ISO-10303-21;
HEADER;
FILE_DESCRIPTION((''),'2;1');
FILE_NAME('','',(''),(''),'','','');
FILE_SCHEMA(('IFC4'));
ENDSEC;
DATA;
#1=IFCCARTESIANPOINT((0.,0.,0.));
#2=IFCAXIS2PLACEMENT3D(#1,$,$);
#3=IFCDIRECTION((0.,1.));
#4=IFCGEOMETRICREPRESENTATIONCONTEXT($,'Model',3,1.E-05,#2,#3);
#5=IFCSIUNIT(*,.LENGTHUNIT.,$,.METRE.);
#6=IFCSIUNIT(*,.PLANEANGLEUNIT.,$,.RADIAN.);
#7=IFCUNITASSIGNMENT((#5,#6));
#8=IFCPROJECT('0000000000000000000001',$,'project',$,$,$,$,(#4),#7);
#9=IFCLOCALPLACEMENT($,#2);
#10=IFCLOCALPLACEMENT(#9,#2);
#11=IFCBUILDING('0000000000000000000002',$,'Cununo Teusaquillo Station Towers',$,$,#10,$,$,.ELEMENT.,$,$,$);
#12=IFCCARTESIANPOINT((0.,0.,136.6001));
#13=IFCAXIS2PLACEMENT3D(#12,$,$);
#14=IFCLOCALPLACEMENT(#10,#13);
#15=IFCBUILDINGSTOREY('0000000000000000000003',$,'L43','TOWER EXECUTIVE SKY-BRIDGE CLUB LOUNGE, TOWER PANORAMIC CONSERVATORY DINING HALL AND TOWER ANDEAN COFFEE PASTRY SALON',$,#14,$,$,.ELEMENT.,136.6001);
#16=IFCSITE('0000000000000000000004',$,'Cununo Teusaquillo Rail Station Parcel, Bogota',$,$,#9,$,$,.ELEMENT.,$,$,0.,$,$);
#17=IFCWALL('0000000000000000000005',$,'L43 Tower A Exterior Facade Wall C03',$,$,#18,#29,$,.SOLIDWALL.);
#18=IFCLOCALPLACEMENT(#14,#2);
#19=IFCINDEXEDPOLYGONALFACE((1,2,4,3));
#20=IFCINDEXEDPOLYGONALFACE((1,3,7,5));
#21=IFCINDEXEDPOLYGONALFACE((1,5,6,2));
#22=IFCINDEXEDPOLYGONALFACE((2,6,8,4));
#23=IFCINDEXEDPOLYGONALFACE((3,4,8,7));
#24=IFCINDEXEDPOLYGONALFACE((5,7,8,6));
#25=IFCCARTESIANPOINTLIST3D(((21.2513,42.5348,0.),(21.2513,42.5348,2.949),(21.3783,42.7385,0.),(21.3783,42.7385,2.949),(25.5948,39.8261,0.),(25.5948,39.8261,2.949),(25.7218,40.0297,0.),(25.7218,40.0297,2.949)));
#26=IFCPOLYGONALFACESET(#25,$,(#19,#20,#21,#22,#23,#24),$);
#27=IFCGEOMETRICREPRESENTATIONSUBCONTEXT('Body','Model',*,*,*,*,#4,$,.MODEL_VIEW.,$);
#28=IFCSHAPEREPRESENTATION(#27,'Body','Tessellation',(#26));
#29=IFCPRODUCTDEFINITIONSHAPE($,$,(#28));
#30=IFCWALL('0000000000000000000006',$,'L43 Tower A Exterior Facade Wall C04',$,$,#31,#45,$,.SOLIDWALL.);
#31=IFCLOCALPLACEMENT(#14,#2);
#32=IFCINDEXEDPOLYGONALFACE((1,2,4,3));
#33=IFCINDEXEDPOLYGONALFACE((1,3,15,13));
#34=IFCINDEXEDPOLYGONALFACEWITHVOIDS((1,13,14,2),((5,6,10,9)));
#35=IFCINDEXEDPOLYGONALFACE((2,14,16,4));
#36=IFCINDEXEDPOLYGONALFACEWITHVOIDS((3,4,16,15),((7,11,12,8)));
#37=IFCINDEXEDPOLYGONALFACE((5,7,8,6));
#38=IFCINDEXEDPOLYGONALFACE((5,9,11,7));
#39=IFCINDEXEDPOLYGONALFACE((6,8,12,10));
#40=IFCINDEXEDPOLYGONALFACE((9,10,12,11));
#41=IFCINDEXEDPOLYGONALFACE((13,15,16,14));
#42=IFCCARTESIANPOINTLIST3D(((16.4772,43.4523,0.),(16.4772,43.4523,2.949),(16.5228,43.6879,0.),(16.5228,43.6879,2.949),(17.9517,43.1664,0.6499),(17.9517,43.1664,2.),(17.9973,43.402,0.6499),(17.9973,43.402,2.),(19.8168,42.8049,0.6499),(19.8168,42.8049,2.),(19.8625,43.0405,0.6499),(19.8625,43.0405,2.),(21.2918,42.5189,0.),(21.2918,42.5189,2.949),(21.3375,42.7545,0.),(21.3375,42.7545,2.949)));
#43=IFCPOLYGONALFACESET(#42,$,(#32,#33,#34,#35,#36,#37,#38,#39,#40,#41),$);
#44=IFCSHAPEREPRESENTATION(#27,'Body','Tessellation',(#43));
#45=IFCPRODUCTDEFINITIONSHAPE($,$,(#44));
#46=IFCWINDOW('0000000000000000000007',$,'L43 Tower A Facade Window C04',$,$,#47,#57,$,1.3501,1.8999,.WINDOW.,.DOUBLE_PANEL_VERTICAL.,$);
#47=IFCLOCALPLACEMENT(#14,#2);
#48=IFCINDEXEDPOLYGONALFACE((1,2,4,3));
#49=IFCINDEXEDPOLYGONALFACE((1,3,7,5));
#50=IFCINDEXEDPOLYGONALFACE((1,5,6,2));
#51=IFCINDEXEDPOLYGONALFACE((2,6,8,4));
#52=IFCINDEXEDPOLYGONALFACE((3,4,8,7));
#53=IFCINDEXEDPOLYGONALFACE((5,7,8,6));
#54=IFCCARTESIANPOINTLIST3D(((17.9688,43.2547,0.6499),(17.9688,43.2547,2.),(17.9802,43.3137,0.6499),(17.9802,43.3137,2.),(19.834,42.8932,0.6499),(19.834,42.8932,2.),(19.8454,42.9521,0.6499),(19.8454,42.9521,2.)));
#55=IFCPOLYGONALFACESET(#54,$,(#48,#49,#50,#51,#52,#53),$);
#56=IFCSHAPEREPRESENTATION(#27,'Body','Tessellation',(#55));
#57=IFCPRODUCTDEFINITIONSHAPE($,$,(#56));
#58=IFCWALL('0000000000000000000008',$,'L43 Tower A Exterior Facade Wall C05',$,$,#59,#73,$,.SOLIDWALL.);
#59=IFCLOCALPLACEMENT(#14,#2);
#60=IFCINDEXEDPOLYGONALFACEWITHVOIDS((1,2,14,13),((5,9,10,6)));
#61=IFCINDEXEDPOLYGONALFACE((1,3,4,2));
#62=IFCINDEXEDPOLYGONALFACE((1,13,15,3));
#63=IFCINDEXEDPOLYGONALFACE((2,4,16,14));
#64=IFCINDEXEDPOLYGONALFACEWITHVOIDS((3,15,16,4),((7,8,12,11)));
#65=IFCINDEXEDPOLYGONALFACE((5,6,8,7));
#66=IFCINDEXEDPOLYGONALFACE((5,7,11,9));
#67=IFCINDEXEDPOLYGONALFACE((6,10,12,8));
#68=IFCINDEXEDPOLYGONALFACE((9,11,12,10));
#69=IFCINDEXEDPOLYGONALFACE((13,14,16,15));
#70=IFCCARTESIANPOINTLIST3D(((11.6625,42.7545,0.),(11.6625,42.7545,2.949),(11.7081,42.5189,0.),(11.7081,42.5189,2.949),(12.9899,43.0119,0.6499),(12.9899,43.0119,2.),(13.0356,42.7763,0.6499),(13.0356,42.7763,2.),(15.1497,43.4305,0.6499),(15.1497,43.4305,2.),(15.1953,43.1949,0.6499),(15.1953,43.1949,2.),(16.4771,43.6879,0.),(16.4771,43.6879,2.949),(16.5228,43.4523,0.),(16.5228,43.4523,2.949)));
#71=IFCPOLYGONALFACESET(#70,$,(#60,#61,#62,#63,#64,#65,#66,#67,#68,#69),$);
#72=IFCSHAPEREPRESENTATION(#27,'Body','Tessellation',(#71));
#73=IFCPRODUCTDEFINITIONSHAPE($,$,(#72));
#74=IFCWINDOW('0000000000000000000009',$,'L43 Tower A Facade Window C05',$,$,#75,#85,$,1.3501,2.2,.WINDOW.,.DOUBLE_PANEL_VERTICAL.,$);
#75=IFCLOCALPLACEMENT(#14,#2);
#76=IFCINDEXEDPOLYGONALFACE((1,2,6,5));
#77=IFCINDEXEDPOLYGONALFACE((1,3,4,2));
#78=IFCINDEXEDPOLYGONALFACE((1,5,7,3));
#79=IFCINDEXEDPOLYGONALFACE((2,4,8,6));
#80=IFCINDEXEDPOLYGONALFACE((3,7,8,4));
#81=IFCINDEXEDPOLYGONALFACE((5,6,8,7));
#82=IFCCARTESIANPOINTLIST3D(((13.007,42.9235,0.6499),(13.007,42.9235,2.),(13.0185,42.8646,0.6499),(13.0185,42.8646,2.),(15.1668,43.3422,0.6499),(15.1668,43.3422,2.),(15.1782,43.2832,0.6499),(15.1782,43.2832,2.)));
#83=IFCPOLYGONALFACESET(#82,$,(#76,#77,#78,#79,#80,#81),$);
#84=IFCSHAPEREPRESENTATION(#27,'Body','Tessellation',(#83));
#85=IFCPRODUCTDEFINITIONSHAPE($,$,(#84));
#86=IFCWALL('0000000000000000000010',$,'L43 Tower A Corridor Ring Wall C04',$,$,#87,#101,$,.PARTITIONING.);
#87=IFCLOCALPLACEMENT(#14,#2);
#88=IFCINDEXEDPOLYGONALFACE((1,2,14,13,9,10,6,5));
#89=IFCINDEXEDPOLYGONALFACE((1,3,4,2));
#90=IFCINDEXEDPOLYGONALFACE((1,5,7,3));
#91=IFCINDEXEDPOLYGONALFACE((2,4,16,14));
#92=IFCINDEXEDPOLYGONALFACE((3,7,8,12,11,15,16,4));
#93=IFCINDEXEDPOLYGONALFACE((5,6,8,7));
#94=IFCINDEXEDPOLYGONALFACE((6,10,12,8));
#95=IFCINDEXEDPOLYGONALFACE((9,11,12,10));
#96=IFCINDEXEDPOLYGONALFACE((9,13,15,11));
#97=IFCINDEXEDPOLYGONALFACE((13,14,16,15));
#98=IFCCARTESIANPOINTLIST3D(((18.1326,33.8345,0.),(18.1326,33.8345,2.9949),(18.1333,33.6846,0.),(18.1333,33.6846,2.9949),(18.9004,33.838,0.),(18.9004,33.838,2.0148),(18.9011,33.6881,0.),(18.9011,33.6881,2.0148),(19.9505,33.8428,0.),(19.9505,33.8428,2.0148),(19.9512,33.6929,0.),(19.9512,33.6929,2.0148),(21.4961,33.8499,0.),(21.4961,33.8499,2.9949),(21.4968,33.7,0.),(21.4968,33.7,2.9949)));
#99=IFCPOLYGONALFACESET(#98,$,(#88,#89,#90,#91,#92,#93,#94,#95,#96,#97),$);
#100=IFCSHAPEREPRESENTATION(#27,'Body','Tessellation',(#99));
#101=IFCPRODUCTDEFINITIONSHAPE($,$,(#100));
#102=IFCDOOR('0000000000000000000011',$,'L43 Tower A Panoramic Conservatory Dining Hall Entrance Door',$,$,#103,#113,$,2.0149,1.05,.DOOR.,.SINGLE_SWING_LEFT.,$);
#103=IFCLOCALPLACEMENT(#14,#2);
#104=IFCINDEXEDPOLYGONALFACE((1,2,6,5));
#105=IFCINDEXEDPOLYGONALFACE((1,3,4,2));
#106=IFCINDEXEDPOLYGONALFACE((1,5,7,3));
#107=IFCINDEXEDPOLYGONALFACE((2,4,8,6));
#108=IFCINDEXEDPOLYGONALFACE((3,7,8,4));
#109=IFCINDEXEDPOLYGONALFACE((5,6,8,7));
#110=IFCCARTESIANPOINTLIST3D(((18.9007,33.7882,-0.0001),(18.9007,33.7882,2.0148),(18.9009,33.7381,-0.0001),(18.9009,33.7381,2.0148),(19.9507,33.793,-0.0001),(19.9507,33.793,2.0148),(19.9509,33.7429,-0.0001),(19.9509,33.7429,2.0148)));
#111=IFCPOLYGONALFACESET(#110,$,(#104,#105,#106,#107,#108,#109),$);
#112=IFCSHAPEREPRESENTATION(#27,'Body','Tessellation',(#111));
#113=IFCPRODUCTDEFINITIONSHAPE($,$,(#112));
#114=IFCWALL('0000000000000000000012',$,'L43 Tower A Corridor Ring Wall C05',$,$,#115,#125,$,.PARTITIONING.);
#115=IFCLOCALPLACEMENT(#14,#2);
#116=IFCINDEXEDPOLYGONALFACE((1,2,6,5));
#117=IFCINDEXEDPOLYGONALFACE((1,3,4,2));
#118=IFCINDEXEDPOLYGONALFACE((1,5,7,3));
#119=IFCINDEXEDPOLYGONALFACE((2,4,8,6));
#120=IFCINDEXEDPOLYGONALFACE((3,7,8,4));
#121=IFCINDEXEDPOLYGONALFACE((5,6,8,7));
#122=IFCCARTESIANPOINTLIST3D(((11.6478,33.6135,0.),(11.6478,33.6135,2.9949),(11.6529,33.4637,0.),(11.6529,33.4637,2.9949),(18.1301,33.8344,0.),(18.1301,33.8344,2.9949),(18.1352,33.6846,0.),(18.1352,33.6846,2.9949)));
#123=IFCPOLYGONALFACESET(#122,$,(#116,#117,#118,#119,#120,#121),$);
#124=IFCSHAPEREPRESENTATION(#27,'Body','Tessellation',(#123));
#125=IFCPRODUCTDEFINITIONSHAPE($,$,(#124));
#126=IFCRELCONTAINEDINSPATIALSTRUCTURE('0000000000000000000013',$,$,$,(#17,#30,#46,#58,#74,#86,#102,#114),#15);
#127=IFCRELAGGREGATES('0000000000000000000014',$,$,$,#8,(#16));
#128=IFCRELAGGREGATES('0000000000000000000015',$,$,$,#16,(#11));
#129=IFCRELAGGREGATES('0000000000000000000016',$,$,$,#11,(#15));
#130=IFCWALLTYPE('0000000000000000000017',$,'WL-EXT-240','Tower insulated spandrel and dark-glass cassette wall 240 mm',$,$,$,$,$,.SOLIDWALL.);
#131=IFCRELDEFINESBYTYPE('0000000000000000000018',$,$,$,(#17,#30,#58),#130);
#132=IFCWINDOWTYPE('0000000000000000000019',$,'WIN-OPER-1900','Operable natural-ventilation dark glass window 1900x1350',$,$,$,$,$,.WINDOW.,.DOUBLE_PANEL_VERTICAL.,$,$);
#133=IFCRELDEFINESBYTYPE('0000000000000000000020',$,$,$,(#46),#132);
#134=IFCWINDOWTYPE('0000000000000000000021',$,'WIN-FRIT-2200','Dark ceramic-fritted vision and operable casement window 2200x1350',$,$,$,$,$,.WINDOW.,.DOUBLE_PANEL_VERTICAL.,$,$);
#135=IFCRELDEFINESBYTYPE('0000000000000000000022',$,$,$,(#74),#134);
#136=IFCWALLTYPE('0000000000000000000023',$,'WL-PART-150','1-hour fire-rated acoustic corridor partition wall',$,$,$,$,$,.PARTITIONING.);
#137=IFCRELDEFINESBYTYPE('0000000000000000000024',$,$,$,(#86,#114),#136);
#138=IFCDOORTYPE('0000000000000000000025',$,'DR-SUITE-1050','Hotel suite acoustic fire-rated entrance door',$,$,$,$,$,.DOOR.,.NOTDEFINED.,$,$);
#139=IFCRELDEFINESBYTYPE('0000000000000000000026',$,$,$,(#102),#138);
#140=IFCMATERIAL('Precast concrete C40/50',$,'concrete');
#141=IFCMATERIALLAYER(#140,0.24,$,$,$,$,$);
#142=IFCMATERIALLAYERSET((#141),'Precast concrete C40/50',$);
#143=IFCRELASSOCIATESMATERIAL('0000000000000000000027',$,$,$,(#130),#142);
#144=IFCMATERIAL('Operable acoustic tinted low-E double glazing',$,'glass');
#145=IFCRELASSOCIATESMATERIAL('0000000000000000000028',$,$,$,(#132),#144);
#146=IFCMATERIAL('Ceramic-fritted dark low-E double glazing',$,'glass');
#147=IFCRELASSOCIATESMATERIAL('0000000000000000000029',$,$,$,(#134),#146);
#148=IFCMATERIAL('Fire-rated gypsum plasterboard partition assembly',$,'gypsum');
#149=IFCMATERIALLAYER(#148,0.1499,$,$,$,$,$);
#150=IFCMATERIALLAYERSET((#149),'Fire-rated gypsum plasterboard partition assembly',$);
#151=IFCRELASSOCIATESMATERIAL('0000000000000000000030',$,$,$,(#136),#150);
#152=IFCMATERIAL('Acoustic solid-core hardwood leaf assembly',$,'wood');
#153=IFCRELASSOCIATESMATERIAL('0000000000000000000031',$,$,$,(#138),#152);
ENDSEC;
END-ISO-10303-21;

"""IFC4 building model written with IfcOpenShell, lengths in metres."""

from ifc_helpers import new_model, si_unit, direction, frame, frame_2d, origin, place, context, subcontext, project, spatial, rectangle, extrude, source, transform, mapped, material, layer, layer_set, type_object, element, fill, save


model = new_model("IFC4")

# Units and contexts
model_context = context("Model", 3, precision=1e-05, world=origin(), true_north=direction((0.0, 1.0)))
body_context = subcontext(model_context, "Body", "Model", "MODEL_VIEW")
ifc_project = project(units=[si_unit("LENGTHUNIT", "METRE"), si_unit("PLANEANGLEUNIT", "RADIAN")], contexts=[model_context])

# Site, building, storey
site_placement = place(None, origin())
site = spatial("IfcSite", under=ifc_project, at=site_placement, Name="Cununo Teusaquillo Rail Station Parcel, Bogota", CompositionType="ELEMENT", RefElevation=0.0)
building_placement = place(site_placement, origin())
building = spatial("IfcBuilding", under=site, at=building_placement, Name="Cununo Teusaquillo Station Towers", CompositionType="ELEMENT")
storey_placement = place(building_placement, frame((0.0, 0.0, 136.6001)))
storey = spatial("IfcBuildingStorey", under=building, at=storey_placement, Name="L43", Description="TOWER EXECUTIVE SKY-BRIDGE CLUB LOUNGE, TOWER PANORAMIC CONSERVATORY DINING HALL AND TOWER ANDEAN COFFEE PASTRY SALON", CompositionType="ELEMENT", Elevation=136.6001)

# Wall
ifc_material_1 = material(Name="Precast concrete C40/50", Category="concrete")
ifc_layer_1 = layer(ifc_material_1, 0.24)
ifc_layer_set_1 = layer_set([ifc_layer_1], Name="Precast concrete C40/50")
wall_type_1 = type_object("IfcWallType", Name="WL-EXT-240", Description="Tower insulated spandrel and dark-glass cassette wall 240 mm", PredefinedType="SOLIDWALL", material=ifc_layer_set_1)
wall_1_placement = place(storey_placement, frame((21.3147, 42.6367, 0.0), z_axis=(0.0, 0.0, 1.0), x_axis=(0.84852, -0.529163, 0.0)))
element("IfcWall", 1, at=wall_1_placement, inside=storey, type_object=wall_type_1, Name="L43 Tower A Exterior Facade Wall C03", PredefinedType="SOLIDWALL", context=body_context, shape_type="SweptSolid", body=[
    extrude(rectangle(XDim=5.1189, YDim=0.24, at=frame_2d((2.5596, 0.0))), origin(), (0.0, 0.0, 1.0), 2.949),
])

# Walls, openings, windows
wall_2_placement = place(storey_placement, frame((16.5, 43.5701, 0.0), z_axis=(0.0, 0.0, 1.0), x_axis=(0.981724, -0.190311, 0.0)))
wall_2 = element("IfcWall", 2, at=wall_2_placement, inside=storey, type_object=wall_type_1, Name="L43 Tower A Exterior Facade Wall C04", PredefinedType="SOLIDWALL", context=body_context, shape_type="SweptSolid", body=[
    extrude(rectangle(XDim=4.9043, YDim=0.24, at=frame_2d((2.4521, 0.0))), origin(), (0.0, 0.0, 1.0), 2.949),
])
shared_shape_1 = source(origin(), body_context, "Body", "SweptSolid", [
    extrude(rectangle(XDim=1.8999, YDim=1.3501, at=frame_2d((0.95, 0.675))), frame((0.0, 0.1299, 0.0), z_axis=(0.0, -1.0, 0.0), x_axis=(1.0, 0.0, 0.0)), (0.0, 0.0, 1.0), 0.26),
])
opening_1_placement = place(wall_2_placement, frame((1.502, 0.0, 0.6499)))
opening_1 = element("IfcOpeningElement", 3, at=opening_1_placement, cuts=wall_2, PredefinedType="OPENING", context=body_context, shape_type="MappedRepresentation", body=[
    mapped(shared_shape_1, transform((0.0, 0.0, 0.0), x_axis=(1.0, 0.0, 0.0), y_axis=(0.0, 1.0, 0.0), z_axis=(0.0, 0.0, 1.0), scale=1.0)),
])
ifc_material_2 = material(Name="Operable acoustic tinted low-E double glazing", Category="glass")
window_type_1 = type_object("IfcWindowType", Name="WIN-OPER-1900", Description="Operable natural-ventilation dark glass window 1900x1350", PartitioningType="DOUBLE_PANEL_VERTICAL", PredefinedType="WINDOW", material=ifc_material_2)
shared_shape_2 = source(origin(), body_context, "Body", "SweptSolid", [
    extrude(rectangle(XDim=1.8999, YDim=1.3501, at=frame_2d((0.95, 0.675))), frame((0.0, 0.03, 0.0), z_axis=(0.0, -1.0, 0.0), x_axis=(1.0, 0.0, 0.0)), (0.0, 0.0, 1.0), 0.0601),
])
window_1_placement = place(opening_1_placement, origin())
window_1 = element("IfcWindow", 4, at=window_1_placement, inside=storey, type_object=window_type_1, Name="L43 Tower A Facade Window C04", OverallHeight=1.3501, OverallWidth=1.8999, PartitioningType="DOUBLE_PANEL_VERTICAL", PredefinedType="WINDOW", context=body_context, shape_type="MappedRepresentation", body=[
    mapped(shared_shape_2, transform((0.0, 0.0, 0.0), x_axis=(1.0, 0.0, 0.0), y_axis=(0.0, 1.0, 0.0), z_axis=(0.0, 0.0, 1.0), scale=1.0)),
])
fill(opening_1, window_1)
wall_3_placement = place(storey_placement, frame((11.6853, 42.6367, 0.0), z_axis=(0.0, 0.0, 1.0), x_axis=(0.981724, 0.190311, 0.0)))
wall_3 = element("IfcWall", 5, at=wall_3_placement, inside=storey, type_object=wall_type_1, Name="L43 Tower A Exterior Facade Wall C05", PredefinedType="SOLIDWALL", context=body_context, shape_type="SweptSolid", body=[
    extrude(rectangle(XDim=4.9043, YDim=0.24, at=frame_2d((2.4521, 0.0))), origin(), (0.0, 0.0, 1.0), 2.949),
])
shared_shape_3 = source(origin(), body_context, "Body", "SweptSolid", [
    extrude(rectangle(XDim=2.2, YDim=1.3501, at=frame_2d((1.1001, 0.675))), frame((0.0, 0.1299, 0.0), z_axis=(0.0, -1.0, 0.0), x_axis=(1.0, 0.0, 0.0)), (0.0, 0.0, 1.0), 0.26),
])
opening_2_placement = place(wall_3_placement, frame((1.3521, 0.0, 0.6499)))
opening_2 = element("IfcOpeningElement", 6, at=opening_2_placement, cuts=wall_3, PredefinedType="OPENING", context=body_context, shape_type="MappedRepresentation", body=[
    mapped(shared_shape_3, transform((0.0, 0.0, 0.0), x_axis=(1.0, 0.0, 0.0), y_axis=(0.0, 1.0, 0.0), z_axis=(0.0, 0.0, 1.0), scale=1.0)),
])
ifc_material_3 = material(Name="Ceramic-fritted dark low-E double glazing", Category="glass")
window_type_2 = type_object("IfcWindowType", Name="WIN-FRIT-2200", Description="Dark ceramic-fritted vision and operable casement window 2200x1350", PartitioningType="DOUBLE_PANEL_VERTICAL", PredefinedType="WINDOW", material=ifc_material_3)
shared_shape_4 = source(origin(), body_context, "Body", "SweptSolid", [
    extrude(rectangle(XDim=2.2, YDim=1.3501, at=frame_2d((1.1001, 0.675))), frame((0.0, 0.03, 0.0), z_axis=(0.0, -1.0, 0.0), x_axis=(1.0, 0.0, 0.0)), (0.0, 0.0, 1.0), 0.0601),
])
window_2_placement = place(opening_2_placement, origin())
window_2 = element("IfcWindow", 7, at=window_2_placement, inside=storey, type_object=window_type_2, Name="L43 Tower A Facade Window C05", OverallHeight=1.3501, OverallWidth=2.2, PartitioningType="DOUBLE_PANEL_VERTICAL", PredefinedType="WINDOW", context=body_context, shape_type="MappedRepresentation", body=[
    mapped(shared_shape_4, transform((0.0, 0.0, 0.0), x_axis=(1.0, 0.0, 0.0), y_axis=(0.0, 1.0, 0.0), z_axis=(0.0, 0.0, 1.0), scale=1.0)),
])
fill(opening_2, window_2)

# Wall, opening, door
ifc_material_4 = material(Name="Fire-rated gypsum plasterboard partition assembly", Category="gypsum")
ifc_layer_2 = layer(ifc_material_4, 0.1499)
ifc_layer_set_2 = layer_set([ifc_layer_2], Name="Fire-rated gypsum plasterboard partition assembly")
wall_type_2 = type_object("IfcWallType", Name="WL-PART-150", Description="1-hour fire-rated acoustic corridor partition wall", PredefinedType="PARTITIONING", material=ifc_layer_set_2)
wall_4_placement = place(storey_placement, frame((21.4963, 33.7749, 0.0), z_axis=(0.0, 0.0, 1.0), x_axis=(-0.99999, -0.004573, 0.0)))
wall_4 = element("IfcWall", 8, at=wall_4_placement, inside=storey, type_object=wall_type_2, Name="L43 Tower A Corridor Ring Wall C04", PredefinedType="PARTITIONING", context=body_context, shape_type="SweptSolid", body=[
    extrude(rectangle(XDim=3.3635, YDim=0.1499, at=frame_2d((1.6816, 0.0))), origin(), (0.0, 0.0, 1.0), 2.9949),
])
shared_shape_5 = source(origin(), body_context, "Body", "SweptSolid", [
    extrude(rectangle(XDim=1.05, YDim=2.0149, at=frame_2d((0.5249, 1.0073))), frame((0.0, 0.085, 0.0), z_axis=(0.0, -1.0, 0.0), x_axis=(1.0, 0.0, 0.0)), (0.0, 0.0, 1.0), 0.1699),
])
opening_3_placement = place(wall_4_placement, frame((1.5457, 0.0, 0.0)))
opening_3 = element("IfcOpeningElement", 9, at=opening_3_placement, cuts=wall_4, PredefinedType="OPENING", context=body_context, shape_type="MappedRepresentation", body=[
    mapped(shared_shape_5, transform((0.0, 0.0, 0.0), x_axis=(1.0, 0.0, 0.0), y_axis=(0.0, 1.0, 0.0), z_axis=(0.0, 0.0, 1.0), scale=1.0)),
])
ifc_material_5 = material(Name="Acoustic solid-core hardwood leaf assembly", Category="wood")
door_type_1 = type_object("IfcDoorType", Name="DR-SUITE-1050", Description="Hotel suite acoustic fire-rated entrance door", OperationType="NOTDEFINED", PredefinedType="DOOR", material=ifc_material_5)
shared_shape_6 = source(origin(), body_context, "Body", "SweptSolid", [
    extrude(rectangle(XDim=1.05, YDim=2.0149, at=frame_2d((0.5249, 1.0073))), frame((0.0, 0.0249, 0.0), z_axis=(0.0, -1.0, 0.0), x_axis=(1.0, 0.0, 0.0)), (0.0, 0.0, 1.0), 0.05),
])
door_1_placement = place(opening_3_placement, origin())
door_1 = element("IfcDoor", 10, at=door_1_placement, inside=storey, type_object=door_type_1, Name="L43 Tower A Panoramic Conservatory Dining Hall Entrance Door", OperationType="SINGLE_SWING_LEFT", OverallHeight=2.0149, OverallWidth=1.05, PredefinedType="DOOR", context=body_context, shape_type="MappedRepresentation", body=[
    mapped(shared_shape_6, transform((0.0, 0.0, 0.0), x_axis=(1.0, 0.0, 0.0), y_axis=(0.0, 1.0, 0.0), z_axis=(0.0, 0.0, 1.0), scale=1.0)),
])
fill(opening_3, door_1)

# Wall
wall_5_placement = place(storey_placement, frame((18.1328, 33.7595, 0.0), z_axis=(0.0, 0.0, 1.0), x_axis=(-0.99942, -0.034064, 0.0)))
element("IfcWall", 11, at=wall_5_placement, inside=storey, type_object=wall_type_2, Name="L43 Tower A Corridor Ring Wall C05", PredefinedType="PARTITIONING", context=body_context, shape_type="SweptSolid", body=[
    extrude(rectangle(XDim=6.4861, YDim=0.1499, at=frame_2d((3.2432, 0.0))), origin(), (0.0, 0.0, 1.0), 2.9949),
])

save(model, "model.ifc")
